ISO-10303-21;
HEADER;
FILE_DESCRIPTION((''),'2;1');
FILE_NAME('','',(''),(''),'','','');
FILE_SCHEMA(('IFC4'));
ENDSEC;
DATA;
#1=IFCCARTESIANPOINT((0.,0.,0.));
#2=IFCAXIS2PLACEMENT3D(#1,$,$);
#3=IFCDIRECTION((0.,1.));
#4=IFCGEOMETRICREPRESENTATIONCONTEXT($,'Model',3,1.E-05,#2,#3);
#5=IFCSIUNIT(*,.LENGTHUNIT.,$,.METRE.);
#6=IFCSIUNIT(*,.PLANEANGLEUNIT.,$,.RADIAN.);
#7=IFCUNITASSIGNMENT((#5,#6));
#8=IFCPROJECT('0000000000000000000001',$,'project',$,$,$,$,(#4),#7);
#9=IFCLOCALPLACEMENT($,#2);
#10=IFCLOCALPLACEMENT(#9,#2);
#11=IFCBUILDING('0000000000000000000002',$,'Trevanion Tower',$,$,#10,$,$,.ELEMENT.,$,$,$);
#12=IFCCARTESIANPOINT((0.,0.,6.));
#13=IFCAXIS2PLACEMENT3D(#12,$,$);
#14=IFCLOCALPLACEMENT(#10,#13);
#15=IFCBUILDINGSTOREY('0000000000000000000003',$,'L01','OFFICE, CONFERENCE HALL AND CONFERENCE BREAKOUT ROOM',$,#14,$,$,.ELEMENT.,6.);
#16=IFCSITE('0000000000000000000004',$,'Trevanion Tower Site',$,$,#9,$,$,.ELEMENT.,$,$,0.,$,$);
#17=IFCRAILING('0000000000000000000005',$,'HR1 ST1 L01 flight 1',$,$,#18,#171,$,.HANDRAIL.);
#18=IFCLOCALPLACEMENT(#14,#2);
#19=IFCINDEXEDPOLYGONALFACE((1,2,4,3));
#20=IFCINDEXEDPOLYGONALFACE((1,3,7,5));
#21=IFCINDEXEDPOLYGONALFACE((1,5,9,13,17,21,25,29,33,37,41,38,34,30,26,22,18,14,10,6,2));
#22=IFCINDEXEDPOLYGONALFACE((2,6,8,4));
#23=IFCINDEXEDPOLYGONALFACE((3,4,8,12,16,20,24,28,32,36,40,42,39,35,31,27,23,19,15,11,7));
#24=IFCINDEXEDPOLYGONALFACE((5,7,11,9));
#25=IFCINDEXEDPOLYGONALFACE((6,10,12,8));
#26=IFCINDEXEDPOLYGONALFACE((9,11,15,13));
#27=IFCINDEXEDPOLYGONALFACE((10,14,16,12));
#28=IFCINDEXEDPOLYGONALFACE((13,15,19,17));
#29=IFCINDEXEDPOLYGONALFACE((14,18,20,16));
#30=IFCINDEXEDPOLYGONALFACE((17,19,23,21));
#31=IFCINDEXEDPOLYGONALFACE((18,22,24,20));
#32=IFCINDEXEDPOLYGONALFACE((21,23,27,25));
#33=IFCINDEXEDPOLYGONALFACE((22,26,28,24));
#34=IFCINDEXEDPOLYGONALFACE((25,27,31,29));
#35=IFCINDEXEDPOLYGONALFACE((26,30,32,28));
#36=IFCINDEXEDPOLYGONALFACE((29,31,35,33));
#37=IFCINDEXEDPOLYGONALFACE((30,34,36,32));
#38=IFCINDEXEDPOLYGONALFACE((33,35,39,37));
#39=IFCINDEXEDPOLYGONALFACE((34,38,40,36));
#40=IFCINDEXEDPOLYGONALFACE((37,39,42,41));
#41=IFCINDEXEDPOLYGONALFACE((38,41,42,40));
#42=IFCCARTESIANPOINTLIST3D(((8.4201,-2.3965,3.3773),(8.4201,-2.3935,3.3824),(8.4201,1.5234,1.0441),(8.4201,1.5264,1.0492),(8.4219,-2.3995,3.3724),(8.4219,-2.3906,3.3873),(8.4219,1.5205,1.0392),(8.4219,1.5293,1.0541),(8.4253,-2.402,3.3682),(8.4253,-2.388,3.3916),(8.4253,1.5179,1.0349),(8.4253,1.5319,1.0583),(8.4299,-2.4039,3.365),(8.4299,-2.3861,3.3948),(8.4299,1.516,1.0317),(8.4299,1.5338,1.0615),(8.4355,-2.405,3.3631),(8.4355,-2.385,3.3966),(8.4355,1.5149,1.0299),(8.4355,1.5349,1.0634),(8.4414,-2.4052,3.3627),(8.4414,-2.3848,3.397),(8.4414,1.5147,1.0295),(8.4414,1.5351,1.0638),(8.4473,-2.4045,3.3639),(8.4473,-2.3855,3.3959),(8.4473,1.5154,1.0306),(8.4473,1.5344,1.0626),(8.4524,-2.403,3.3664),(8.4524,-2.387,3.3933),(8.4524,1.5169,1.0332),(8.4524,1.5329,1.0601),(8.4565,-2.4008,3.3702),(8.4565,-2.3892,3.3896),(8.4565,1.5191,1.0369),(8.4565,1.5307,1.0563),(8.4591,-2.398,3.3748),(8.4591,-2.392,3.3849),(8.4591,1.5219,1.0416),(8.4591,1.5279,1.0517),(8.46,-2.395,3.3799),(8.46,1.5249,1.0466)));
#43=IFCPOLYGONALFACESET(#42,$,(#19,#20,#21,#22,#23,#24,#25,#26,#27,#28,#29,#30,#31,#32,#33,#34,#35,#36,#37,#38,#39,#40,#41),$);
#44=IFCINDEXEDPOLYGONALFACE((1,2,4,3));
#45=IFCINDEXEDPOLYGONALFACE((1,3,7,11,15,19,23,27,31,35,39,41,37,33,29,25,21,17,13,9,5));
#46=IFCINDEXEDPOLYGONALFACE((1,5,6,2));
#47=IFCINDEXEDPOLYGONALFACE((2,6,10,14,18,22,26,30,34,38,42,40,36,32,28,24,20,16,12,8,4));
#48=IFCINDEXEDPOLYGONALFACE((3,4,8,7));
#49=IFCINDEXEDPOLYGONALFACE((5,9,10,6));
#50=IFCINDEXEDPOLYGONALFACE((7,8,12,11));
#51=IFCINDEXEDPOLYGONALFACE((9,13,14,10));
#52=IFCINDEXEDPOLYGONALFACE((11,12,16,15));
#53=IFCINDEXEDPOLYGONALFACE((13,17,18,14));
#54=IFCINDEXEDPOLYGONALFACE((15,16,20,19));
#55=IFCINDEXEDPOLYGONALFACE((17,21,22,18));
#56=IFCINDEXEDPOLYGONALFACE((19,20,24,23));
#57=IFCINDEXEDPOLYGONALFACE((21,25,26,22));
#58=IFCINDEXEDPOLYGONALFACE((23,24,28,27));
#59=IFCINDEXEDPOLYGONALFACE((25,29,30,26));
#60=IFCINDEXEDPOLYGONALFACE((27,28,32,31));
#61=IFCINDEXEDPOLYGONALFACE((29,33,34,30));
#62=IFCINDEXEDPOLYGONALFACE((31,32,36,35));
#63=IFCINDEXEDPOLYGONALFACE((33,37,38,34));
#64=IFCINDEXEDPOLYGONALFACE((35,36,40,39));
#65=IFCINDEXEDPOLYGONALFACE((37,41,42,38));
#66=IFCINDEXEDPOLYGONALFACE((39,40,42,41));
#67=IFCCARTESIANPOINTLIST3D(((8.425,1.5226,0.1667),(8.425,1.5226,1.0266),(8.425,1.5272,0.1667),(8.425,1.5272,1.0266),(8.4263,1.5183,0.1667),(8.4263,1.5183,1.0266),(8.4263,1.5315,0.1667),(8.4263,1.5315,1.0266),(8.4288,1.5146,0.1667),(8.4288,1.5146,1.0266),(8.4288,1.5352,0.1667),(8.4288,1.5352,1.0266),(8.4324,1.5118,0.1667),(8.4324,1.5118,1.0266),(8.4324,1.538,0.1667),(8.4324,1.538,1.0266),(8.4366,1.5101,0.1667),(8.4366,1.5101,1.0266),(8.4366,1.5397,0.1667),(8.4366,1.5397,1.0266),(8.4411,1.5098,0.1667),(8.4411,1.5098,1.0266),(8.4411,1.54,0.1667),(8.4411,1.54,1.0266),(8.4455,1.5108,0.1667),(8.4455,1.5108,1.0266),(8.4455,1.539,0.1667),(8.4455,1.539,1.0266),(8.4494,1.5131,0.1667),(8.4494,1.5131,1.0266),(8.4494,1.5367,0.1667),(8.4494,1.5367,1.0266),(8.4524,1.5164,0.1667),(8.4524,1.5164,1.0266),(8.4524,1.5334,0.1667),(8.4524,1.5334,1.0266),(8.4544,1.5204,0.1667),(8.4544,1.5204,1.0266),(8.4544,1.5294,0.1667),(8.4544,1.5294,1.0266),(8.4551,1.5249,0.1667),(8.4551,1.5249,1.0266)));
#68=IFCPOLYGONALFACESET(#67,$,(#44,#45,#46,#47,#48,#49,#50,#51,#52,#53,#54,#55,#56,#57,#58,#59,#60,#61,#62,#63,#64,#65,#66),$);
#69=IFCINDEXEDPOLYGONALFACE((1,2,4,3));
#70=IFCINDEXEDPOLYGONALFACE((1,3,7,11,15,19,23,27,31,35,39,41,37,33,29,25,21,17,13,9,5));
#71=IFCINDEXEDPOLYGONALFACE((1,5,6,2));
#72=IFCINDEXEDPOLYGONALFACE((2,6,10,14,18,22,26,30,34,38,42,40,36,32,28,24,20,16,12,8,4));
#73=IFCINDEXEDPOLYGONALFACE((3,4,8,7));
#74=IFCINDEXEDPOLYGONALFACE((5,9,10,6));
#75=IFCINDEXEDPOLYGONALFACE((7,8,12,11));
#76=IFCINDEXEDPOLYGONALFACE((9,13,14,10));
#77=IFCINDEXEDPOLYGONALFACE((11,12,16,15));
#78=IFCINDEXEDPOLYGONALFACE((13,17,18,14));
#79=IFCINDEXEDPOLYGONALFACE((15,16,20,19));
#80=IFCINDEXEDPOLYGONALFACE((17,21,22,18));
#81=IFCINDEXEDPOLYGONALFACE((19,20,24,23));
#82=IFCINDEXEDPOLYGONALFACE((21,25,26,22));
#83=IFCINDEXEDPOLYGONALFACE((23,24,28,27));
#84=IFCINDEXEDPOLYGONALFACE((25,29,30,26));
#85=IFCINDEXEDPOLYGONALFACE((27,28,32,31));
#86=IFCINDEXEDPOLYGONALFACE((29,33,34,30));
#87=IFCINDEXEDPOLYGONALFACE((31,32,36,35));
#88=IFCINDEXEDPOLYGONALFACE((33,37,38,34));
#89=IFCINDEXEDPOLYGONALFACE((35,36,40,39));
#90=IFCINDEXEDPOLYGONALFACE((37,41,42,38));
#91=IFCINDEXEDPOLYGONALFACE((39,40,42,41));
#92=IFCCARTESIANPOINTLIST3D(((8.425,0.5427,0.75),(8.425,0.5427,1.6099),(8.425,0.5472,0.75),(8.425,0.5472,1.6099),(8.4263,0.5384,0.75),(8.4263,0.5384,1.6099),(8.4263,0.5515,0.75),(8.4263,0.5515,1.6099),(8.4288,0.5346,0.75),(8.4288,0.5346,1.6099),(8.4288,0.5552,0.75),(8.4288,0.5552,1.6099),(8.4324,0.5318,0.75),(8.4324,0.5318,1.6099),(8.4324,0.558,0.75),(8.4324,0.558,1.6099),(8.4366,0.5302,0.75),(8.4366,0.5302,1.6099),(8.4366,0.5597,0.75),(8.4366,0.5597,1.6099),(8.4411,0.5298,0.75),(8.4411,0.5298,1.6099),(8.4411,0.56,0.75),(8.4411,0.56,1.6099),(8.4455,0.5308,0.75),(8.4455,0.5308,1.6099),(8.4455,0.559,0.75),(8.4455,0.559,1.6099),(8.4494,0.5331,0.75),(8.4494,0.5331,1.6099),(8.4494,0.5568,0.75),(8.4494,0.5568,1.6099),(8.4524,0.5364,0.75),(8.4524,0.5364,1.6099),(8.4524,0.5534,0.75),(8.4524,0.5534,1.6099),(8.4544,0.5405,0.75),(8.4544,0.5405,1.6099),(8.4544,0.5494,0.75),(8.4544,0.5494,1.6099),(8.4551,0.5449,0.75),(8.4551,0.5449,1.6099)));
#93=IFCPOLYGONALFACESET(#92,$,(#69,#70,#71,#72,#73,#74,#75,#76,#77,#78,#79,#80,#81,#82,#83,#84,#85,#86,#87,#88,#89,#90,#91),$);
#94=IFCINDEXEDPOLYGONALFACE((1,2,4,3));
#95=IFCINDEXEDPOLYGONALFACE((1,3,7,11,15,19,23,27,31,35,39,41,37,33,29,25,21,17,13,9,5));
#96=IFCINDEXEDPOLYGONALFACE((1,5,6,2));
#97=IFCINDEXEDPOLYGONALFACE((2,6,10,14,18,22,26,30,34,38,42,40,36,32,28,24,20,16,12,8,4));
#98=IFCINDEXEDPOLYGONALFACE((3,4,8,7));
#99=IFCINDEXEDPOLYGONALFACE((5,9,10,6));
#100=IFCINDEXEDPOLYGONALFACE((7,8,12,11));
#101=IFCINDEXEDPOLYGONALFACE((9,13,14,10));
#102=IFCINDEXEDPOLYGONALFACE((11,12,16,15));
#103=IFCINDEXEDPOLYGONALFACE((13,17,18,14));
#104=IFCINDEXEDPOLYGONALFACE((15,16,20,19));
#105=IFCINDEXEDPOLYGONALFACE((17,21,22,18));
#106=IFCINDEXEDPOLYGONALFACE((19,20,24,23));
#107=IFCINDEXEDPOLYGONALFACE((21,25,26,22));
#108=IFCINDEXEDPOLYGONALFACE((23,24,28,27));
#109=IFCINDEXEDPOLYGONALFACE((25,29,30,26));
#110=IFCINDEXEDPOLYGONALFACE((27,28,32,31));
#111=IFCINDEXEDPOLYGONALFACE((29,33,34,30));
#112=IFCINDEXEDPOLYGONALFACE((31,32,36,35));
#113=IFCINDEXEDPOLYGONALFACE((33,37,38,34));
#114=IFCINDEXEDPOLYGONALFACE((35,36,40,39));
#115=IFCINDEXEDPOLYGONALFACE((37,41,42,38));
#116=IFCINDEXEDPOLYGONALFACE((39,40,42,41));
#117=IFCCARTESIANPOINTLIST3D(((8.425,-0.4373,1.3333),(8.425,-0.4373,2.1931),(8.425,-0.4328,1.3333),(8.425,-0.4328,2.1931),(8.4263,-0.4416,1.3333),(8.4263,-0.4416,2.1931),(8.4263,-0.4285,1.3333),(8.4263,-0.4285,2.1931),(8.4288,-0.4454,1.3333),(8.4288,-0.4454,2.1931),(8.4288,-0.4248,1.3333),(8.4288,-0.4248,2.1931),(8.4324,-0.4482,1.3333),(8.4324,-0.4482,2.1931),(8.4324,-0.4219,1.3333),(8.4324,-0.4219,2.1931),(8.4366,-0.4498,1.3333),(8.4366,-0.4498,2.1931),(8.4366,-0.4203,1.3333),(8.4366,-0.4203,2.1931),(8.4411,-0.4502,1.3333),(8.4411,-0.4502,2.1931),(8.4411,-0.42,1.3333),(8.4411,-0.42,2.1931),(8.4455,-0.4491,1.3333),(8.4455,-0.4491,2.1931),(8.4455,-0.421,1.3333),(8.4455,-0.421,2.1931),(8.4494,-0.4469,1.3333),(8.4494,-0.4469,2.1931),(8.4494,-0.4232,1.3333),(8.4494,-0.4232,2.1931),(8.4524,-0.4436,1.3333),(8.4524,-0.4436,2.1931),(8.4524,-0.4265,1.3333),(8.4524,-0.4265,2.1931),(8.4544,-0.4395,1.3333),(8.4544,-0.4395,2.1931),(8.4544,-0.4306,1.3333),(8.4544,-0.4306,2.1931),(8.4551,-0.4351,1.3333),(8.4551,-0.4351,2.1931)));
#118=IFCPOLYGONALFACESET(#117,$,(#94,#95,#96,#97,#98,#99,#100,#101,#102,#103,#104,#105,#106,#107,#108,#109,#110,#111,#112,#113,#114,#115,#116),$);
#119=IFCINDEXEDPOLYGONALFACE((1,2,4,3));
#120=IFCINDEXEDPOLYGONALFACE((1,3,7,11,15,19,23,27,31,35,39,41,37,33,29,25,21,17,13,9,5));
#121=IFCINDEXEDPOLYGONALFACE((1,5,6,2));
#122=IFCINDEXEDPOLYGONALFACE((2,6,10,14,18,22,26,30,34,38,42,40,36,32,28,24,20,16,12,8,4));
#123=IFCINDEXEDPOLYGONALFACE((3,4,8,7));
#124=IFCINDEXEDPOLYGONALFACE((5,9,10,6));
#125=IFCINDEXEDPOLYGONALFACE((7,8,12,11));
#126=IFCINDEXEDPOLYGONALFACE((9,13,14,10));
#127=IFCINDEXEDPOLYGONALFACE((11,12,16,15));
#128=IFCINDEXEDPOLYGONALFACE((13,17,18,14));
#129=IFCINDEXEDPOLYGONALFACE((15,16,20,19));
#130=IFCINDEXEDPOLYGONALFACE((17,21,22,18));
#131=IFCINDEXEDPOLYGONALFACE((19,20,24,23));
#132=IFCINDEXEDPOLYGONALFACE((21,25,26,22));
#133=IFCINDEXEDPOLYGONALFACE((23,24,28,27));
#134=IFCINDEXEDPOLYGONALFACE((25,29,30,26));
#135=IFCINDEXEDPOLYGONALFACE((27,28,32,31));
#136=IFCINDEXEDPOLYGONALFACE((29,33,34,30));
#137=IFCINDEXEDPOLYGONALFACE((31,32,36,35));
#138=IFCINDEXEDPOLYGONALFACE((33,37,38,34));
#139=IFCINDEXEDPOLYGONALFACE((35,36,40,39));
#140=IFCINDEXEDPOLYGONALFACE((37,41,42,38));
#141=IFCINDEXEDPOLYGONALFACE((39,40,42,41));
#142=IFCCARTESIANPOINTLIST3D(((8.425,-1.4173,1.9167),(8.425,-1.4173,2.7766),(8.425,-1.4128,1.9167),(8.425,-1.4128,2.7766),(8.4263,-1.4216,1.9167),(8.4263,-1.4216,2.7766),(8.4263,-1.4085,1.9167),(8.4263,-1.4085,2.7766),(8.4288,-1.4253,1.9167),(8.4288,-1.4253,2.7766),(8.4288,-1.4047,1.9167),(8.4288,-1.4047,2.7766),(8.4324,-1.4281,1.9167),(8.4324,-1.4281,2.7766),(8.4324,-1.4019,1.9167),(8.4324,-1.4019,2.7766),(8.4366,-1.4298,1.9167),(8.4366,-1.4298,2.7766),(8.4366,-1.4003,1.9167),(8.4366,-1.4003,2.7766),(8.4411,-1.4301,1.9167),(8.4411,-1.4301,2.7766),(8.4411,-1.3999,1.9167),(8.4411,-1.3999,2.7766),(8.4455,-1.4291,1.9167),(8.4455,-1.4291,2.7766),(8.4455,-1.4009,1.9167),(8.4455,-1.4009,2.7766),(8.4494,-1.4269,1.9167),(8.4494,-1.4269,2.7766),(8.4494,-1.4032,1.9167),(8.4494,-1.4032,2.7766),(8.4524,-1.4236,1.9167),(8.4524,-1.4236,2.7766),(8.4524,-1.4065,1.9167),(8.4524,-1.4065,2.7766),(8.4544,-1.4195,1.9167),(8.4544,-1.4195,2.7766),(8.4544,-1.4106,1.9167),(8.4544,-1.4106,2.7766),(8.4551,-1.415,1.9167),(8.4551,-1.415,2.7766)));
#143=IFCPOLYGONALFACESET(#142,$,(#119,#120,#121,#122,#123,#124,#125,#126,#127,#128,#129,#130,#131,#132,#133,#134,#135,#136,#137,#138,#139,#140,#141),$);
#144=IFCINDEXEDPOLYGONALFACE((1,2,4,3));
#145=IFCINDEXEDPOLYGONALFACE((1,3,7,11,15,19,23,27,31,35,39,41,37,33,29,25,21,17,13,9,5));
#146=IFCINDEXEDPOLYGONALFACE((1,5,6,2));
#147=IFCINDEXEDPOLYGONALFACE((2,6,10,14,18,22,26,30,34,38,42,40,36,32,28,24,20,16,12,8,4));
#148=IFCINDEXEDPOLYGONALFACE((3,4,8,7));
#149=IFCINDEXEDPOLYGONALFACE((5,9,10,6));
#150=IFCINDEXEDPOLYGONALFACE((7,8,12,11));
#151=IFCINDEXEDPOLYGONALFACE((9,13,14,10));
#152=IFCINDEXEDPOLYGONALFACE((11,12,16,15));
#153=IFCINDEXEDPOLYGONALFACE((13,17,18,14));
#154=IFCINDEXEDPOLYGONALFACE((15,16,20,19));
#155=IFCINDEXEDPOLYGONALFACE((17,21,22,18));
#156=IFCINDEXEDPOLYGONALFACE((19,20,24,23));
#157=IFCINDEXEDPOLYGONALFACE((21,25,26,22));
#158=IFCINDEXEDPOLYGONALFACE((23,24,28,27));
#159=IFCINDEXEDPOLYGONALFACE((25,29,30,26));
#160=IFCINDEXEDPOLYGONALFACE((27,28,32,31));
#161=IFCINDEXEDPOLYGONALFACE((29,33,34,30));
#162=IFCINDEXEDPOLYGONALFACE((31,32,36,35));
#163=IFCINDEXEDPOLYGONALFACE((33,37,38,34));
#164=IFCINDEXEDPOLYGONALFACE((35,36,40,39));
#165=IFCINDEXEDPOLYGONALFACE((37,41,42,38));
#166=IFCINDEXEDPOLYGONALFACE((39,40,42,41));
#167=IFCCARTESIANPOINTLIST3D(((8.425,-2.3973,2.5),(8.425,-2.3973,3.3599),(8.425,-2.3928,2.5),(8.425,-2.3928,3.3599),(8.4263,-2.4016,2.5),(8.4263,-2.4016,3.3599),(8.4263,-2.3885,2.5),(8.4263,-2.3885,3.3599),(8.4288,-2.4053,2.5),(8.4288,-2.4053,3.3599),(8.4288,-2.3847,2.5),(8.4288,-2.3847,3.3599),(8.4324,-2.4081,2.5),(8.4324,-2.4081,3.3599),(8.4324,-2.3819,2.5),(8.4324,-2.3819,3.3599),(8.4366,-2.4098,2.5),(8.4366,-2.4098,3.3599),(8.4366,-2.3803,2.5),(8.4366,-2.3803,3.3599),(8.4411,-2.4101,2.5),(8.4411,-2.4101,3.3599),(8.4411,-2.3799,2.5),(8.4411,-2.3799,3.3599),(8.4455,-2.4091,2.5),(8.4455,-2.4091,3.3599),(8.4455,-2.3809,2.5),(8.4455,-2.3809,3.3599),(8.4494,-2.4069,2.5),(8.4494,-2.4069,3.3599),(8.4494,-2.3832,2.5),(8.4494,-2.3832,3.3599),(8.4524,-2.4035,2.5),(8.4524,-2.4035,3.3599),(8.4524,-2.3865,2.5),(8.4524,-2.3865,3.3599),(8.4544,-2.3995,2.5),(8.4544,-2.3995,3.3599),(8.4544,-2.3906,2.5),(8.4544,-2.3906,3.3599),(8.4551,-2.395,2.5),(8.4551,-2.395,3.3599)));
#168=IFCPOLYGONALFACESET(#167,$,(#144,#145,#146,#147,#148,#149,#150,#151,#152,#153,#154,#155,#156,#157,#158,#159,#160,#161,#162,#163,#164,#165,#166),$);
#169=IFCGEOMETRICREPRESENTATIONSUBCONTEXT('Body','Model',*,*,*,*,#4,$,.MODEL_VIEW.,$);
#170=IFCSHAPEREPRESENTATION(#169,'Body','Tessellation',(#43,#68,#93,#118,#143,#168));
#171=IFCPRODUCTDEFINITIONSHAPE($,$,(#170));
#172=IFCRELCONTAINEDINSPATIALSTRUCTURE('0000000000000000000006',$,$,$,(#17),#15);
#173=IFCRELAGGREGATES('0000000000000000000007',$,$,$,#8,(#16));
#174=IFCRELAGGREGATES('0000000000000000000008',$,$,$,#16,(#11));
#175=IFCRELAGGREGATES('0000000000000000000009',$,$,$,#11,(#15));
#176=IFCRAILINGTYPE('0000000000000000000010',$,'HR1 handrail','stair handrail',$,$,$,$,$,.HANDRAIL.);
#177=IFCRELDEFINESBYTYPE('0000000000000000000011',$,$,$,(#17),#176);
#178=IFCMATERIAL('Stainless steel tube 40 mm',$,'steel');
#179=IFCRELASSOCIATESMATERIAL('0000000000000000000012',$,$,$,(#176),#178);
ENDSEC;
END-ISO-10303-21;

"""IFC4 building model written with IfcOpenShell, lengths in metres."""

from ifc_helpers import new_model, si_unit, direction, frame, origin, origin_2d, place, context, subcontext, project, spatial, circle, extrude, material, type_object, element, save


model = new_model("IFC4")

# Units and contexts
model_context = context("Model", 3, precision=1e-05, world=origin(), true_north=direction((0.0, 1.0)))
body_context = subcontext(model_context, "Body", "Model", "MODEL_VIEW")
ifc_project = project(units=[si_unit("LENGTHUNIT", "METRE"), si_unit("PLANEANGLEUNIT", "RADIAN")], contexts=[model_context])

# Site, building, storey
site_placement = place(None, origin())
site = spatial("IfcSite", under=ifc_project, at=site_placement, Name="Trevanion Tower Site", CompositionType="ELEMENT", RefElevation=0.0)
building_placement = place(site_placement, origin())
building = spatial("IfcBuilding", under=site, at=building_placement, Name="Trevanion Tower", CompositionType="ELEMENT")
storey_placement = place(building_placement, frame((0.0, 0.0, 6.0)))
storey = spatial("IfcBuildingStorey", under=building, at=storey_placement, Name="L01", Description="OFFICE, CONFERENCE HALL AND CONFERENCE BREAKOUT ROOM", CompositionType="ELEMENT", Elevation=6.0)

# Railing
ifc_material_1 = material(Name="Stainless steel tube 40 mm", Category="steel")
railing_type_1 = type_object("IfcRailingType", Name="HR1 handrail", Description="stair handrail", PredefinedType="HANDRAIL", material=ifc_material_1)
for number, where, name in (
    (1, (8.4399, 1.5249, 0.1667), "HR1 ST1 L01 flight 1"),
):
    element("IfcRailing", number, at=place(storey_placement, frame(where)), inside=storey, type_object=railing_type_1, Name=name, PredefinedType="HANDRAIL", context=body_context, shape_type="SweptSolid", body=[
        extrude(circle(Radius=0.02, at=origin_2d()), frame((0.0, 0.0, 0.8799), z_axis=(0.0, -0.859296, 0.511478), x_axis=(1.0, 0.0, 0.0)), (0.0, 0.0, 1.0), 4.5618),
        extrude(circle(Radius=0.0151, at=origin_2d()), origin(), (0.0, 0.0, 1.0), 0.8599),
        extrude(circle(Radius=0.0151, at=origin_2d()), frame((0.0, -0.98, 0.5833)), (0.0, 0.0, 1.0), 0.8599),
        extrude(circle(Radius=0.0151, at=origin_2d()), frame((0.0, -1.96, 1.1665)), (0.0, 0.0, 1.0), 0.8599),
        extrude(circle(Radius=0.0151, at=origin_2d()), frame((0.0, -2.9399, 1.75)), (0.0, 0.0, 1.0), 0.8599),
        extrude(circle(Radius=0.0151, at=origin_2d()), frame((0.0, -3.9199, 2.3333)), (0.0, 0.0, 1.0), 0.8599),
    ])

save(model, "model.ifc")
